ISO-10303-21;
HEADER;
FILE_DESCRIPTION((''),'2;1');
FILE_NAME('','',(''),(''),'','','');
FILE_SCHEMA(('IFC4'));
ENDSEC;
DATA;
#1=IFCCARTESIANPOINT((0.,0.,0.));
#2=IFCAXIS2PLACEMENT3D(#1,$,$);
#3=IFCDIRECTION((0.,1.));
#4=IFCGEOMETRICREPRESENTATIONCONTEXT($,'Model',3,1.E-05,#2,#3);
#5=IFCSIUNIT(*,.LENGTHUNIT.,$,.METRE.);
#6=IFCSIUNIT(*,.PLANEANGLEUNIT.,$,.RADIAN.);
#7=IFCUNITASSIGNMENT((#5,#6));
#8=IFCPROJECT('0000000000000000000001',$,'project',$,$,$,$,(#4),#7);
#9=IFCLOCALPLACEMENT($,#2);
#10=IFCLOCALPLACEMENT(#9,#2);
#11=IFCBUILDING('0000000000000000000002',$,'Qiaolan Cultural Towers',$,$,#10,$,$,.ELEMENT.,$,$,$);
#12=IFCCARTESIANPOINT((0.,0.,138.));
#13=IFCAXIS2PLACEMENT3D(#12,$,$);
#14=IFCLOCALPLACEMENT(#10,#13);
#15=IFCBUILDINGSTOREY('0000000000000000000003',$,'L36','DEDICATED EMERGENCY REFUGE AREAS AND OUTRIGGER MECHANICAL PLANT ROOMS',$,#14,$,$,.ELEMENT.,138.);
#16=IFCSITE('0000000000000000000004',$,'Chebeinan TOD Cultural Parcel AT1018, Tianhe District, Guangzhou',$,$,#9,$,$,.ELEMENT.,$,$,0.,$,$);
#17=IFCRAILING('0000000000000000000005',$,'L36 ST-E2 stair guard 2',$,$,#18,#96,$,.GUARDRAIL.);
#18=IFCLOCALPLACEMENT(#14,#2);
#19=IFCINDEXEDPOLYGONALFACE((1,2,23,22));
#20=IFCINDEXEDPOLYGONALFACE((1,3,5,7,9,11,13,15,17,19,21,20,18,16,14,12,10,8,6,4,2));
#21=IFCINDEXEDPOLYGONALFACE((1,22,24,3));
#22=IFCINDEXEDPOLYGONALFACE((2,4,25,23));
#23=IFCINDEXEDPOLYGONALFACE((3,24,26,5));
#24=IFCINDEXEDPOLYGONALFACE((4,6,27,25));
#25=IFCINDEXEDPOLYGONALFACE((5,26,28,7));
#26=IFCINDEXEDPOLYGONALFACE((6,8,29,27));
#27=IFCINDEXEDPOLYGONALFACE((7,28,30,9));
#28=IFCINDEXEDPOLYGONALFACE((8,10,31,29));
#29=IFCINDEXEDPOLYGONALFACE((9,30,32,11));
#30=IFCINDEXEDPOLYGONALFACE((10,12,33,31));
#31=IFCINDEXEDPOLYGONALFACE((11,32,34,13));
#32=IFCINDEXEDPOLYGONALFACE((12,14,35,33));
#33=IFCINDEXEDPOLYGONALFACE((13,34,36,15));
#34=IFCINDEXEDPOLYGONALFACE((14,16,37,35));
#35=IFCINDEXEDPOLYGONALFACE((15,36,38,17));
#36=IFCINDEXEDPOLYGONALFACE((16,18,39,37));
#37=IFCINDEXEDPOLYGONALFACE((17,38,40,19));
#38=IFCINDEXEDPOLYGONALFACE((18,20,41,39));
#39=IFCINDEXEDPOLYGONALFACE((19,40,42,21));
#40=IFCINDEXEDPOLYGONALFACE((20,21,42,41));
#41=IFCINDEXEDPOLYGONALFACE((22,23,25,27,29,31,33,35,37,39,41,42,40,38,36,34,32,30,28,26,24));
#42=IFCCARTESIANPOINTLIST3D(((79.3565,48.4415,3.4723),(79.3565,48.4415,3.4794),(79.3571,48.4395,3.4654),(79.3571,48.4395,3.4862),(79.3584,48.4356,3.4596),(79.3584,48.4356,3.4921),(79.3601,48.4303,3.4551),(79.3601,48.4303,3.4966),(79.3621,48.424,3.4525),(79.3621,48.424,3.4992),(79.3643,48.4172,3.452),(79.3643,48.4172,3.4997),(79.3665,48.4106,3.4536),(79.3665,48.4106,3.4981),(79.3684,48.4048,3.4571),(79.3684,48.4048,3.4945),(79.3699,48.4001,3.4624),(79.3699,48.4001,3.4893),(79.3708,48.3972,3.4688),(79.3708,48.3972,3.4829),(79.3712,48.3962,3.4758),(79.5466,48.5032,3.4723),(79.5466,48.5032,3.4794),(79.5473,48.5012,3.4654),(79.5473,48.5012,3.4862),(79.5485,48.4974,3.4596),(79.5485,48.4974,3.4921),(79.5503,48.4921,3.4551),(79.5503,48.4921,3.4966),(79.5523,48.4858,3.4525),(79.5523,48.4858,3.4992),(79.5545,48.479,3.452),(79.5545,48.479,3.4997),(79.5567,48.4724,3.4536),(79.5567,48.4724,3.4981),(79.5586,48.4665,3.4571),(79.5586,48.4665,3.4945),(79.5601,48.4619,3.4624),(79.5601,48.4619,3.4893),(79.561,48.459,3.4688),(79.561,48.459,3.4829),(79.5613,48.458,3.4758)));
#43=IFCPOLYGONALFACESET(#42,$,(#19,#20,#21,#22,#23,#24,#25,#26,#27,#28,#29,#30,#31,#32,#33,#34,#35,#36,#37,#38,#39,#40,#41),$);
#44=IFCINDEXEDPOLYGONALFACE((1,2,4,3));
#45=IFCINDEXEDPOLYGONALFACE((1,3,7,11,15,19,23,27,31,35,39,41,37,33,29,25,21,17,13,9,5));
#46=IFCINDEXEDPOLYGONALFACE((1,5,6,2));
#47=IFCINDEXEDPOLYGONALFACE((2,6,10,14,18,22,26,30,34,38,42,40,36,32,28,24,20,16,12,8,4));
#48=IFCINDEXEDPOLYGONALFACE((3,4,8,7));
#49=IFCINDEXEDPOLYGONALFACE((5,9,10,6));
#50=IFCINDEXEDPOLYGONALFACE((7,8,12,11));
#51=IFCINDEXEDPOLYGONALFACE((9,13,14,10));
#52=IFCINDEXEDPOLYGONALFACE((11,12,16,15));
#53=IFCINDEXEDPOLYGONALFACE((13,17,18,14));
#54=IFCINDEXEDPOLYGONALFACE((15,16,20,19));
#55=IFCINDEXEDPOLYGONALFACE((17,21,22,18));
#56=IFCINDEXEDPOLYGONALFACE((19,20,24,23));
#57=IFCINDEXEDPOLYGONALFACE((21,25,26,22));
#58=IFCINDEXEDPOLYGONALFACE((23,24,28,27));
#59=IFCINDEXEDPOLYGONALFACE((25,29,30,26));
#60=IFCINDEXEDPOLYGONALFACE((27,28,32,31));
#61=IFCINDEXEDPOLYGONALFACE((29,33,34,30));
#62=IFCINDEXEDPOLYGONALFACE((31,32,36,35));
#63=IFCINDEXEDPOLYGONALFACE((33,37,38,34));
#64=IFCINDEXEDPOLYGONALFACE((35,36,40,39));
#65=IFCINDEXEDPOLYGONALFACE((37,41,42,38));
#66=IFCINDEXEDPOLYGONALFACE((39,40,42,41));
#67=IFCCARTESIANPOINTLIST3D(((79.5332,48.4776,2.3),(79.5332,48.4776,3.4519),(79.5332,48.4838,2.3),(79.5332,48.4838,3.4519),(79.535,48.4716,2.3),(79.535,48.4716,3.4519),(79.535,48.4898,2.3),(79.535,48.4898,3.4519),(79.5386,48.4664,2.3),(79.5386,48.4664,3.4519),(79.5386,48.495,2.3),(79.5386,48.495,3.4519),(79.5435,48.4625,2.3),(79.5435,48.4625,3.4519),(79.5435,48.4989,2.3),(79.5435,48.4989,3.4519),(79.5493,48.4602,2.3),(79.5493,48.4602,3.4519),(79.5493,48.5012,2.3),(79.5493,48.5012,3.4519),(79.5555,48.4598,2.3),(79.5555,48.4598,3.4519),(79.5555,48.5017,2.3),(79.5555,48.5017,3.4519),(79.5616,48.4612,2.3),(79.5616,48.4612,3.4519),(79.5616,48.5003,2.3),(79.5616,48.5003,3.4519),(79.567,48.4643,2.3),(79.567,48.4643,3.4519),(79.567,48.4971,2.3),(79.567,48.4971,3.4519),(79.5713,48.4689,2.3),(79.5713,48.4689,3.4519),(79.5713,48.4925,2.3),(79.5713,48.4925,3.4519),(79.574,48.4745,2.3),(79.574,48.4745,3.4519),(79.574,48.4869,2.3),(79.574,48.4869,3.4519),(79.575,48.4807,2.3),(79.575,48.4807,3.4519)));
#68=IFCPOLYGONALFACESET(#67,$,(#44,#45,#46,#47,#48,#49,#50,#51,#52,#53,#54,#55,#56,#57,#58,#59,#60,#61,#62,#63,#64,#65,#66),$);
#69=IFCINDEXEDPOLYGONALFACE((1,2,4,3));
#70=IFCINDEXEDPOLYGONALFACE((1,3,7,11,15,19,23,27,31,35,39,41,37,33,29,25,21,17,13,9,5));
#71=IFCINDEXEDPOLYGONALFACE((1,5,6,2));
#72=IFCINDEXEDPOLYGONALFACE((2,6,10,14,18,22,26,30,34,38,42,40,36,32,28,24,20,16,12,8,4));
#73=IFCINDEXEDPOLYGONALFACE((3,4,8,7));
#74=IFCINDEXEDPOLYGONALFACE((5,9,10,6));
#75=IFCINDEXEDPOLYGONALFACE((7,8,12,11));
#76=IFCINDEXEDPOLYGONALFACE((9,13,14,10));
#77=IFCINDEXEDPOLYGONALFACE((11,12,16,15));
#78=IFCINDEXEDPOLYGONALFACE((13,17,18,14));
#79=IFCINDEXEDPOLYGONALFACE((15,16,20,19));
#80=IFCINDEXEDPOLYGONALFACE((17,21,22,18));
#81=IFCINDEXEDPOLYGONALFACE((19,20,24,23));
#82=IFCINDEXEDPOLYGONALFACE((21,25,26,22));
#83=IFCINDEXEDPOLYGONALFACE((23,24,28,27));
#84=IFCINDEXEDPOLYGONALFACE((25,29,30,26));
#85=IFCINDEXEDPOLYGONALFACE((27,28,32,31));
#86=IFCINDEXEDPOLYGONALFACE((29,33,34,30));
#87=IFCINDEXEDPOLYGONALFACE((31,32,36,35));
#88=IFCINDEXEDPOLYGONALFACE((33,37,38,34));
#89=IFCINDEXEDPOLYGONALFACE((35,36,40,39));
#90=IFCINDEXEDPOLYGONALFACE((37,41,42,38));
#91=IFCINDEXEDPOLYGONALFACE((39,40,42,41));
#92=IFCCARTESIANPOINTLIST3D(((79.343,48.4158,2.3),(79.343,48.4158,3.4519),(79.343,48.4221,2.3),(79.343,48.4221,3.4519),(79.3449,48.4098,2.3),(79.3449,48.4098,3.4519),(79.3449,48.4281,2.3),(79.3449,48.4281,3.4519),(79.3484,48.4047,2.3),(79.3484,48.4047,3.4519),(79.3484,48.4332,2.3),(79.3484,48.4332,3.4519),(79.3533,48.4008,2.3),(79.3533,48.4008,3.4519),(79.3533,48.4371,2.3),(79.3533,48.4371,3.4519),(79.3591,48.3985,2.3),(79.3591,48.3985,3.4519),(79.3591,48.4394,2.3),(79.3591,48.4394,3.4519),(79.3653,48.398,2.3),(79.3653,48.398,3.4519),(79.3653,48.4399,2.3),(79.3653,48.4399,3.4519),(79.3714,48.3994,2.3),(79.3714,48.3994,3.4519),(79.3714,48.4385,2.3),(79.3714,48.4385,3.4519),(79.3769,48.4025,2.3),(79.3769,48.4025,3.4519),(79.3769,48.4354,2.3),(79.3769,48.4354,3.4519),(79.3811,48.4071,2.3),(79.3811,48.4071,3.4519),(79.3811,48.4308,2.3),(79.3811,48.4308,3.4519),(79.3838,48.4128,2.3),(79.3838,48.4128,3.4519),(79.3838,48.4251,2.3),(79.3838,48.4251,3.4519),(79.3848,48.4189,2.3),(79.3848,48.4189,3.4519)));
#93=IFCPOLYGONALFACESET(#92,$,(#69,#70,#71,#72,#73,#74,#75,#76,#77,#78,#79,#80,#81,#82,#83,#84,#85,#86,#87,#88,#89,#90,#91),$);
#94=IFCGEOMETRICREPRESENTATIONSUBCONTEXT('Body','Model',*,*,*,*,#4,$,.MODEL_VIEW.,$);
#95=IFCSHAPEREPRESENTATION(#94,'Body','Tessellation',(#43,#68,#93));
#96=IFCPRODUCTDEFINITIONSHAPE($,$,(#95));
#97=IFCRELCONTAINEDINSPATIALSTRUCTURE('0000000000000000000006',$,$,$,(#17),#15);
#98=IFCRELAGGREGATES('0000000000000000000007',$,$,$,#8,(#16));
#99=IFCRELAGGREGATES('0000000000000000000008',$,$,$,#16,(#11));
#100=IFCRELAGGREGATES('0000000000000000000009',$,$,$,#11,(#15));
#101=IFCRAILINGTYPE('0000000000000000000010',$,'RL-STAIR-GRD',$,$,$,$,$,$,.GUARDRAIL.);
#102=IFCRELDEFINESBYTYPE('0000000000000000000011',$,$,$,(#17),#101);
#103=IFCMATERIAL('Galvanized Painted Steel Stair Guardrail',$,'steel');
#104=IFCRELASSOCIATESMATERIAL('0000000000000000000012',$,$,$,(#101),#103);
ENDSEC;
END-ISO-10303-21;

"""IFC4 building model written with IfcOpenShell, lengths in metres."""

from ifc_helpers import new_model, si_unit, direction, frame, origin, origin_2d, place, context, subcontext, project, spatial, circle, extrude, material, type_object, element, save


model = new_model("IFC4")

# Units and contexts
model_context = context("Model", 3, precision=1e-05, world=origin(), true_north=direction((0.0, 1.0)))
body_context = subcontext(model_context, "Body", "Model", "MODEL_VIEW")
ifc_project = project(units=[si_unit("LENGTHUNIT", "METRE"), si_unit("PLANEANGLEUNIT", "RADIAN")], contexts=[model_context])

# Site, building, storey
site_placement = place(None, origin())
site = spatial("IfcSite", under=ifc_project, at=site_placement, Name="Chebeinan TOD Cultural Parcel AT1018, Tianhe District, Guangzhou", CompositionType="ELEMENT", RefElevation=0.0)
building_placement = place(site_placement, origin())
building = spatial("IfcBuilding", under=site, at=building_placement, Name="Qiaolan Cultural Towers", CompositionType="ELEMENT")
storey_placement = place(building_placement, frame((0.0, 0.0, 138.0)))
storey = spatial("IfcBuildingStorey", under=building, at=storey_placement, Name="L36", Description="DEDICATED EMERGENCY REFUGE AREAS AND OUTRIGGER MECHANICAL PLANT ROOMS", CompositionType="ELEMENT", Elevation=138.0)

# Railing
ifc_material_1 = material(Name="Galvanized Painted Steel Stair Guardrail", Category="steel")
railing_type_1 = type_object("IfcRailingType", Name="RL-STAIR-GRD", PredefinedType="GUARDRAIL", material=ifc_material_1)
railing_1_placement = place(storey_placement, frame((79.554, 48.4807, 2.3)))
element("IfcRailing", 1, at=railing_1_placement, inside=storey, type_object=railing_type_1, Name="L36 ST-E2 stair guard 2", PredefinedType="GUARDRAIL", context=body_context, shape_type="SweptSolid", body=[
    extrude(circle(Radius=0.0239, at=origin_2d()), frame((0.0, 0.0, 1.1758), z_axis=(-0.951097, -0.308893, 0.0), x_axis=(0.308893, -0.951097, 0.0)), (0.0, 0.0, 1.0), 0.2),
    extrude(circle(Radius=0.021, at=origin_2d()), origin(), (0.0, 0.0, 1.0), 1.1519),
    extrude(circle(Radius=0.021, at=origin_2d()), frame((-0.1902, -0.0618, 0.0)), (0.0, 0.0, 1.0), 1.1519),
])

save(model, "model.ifc")
